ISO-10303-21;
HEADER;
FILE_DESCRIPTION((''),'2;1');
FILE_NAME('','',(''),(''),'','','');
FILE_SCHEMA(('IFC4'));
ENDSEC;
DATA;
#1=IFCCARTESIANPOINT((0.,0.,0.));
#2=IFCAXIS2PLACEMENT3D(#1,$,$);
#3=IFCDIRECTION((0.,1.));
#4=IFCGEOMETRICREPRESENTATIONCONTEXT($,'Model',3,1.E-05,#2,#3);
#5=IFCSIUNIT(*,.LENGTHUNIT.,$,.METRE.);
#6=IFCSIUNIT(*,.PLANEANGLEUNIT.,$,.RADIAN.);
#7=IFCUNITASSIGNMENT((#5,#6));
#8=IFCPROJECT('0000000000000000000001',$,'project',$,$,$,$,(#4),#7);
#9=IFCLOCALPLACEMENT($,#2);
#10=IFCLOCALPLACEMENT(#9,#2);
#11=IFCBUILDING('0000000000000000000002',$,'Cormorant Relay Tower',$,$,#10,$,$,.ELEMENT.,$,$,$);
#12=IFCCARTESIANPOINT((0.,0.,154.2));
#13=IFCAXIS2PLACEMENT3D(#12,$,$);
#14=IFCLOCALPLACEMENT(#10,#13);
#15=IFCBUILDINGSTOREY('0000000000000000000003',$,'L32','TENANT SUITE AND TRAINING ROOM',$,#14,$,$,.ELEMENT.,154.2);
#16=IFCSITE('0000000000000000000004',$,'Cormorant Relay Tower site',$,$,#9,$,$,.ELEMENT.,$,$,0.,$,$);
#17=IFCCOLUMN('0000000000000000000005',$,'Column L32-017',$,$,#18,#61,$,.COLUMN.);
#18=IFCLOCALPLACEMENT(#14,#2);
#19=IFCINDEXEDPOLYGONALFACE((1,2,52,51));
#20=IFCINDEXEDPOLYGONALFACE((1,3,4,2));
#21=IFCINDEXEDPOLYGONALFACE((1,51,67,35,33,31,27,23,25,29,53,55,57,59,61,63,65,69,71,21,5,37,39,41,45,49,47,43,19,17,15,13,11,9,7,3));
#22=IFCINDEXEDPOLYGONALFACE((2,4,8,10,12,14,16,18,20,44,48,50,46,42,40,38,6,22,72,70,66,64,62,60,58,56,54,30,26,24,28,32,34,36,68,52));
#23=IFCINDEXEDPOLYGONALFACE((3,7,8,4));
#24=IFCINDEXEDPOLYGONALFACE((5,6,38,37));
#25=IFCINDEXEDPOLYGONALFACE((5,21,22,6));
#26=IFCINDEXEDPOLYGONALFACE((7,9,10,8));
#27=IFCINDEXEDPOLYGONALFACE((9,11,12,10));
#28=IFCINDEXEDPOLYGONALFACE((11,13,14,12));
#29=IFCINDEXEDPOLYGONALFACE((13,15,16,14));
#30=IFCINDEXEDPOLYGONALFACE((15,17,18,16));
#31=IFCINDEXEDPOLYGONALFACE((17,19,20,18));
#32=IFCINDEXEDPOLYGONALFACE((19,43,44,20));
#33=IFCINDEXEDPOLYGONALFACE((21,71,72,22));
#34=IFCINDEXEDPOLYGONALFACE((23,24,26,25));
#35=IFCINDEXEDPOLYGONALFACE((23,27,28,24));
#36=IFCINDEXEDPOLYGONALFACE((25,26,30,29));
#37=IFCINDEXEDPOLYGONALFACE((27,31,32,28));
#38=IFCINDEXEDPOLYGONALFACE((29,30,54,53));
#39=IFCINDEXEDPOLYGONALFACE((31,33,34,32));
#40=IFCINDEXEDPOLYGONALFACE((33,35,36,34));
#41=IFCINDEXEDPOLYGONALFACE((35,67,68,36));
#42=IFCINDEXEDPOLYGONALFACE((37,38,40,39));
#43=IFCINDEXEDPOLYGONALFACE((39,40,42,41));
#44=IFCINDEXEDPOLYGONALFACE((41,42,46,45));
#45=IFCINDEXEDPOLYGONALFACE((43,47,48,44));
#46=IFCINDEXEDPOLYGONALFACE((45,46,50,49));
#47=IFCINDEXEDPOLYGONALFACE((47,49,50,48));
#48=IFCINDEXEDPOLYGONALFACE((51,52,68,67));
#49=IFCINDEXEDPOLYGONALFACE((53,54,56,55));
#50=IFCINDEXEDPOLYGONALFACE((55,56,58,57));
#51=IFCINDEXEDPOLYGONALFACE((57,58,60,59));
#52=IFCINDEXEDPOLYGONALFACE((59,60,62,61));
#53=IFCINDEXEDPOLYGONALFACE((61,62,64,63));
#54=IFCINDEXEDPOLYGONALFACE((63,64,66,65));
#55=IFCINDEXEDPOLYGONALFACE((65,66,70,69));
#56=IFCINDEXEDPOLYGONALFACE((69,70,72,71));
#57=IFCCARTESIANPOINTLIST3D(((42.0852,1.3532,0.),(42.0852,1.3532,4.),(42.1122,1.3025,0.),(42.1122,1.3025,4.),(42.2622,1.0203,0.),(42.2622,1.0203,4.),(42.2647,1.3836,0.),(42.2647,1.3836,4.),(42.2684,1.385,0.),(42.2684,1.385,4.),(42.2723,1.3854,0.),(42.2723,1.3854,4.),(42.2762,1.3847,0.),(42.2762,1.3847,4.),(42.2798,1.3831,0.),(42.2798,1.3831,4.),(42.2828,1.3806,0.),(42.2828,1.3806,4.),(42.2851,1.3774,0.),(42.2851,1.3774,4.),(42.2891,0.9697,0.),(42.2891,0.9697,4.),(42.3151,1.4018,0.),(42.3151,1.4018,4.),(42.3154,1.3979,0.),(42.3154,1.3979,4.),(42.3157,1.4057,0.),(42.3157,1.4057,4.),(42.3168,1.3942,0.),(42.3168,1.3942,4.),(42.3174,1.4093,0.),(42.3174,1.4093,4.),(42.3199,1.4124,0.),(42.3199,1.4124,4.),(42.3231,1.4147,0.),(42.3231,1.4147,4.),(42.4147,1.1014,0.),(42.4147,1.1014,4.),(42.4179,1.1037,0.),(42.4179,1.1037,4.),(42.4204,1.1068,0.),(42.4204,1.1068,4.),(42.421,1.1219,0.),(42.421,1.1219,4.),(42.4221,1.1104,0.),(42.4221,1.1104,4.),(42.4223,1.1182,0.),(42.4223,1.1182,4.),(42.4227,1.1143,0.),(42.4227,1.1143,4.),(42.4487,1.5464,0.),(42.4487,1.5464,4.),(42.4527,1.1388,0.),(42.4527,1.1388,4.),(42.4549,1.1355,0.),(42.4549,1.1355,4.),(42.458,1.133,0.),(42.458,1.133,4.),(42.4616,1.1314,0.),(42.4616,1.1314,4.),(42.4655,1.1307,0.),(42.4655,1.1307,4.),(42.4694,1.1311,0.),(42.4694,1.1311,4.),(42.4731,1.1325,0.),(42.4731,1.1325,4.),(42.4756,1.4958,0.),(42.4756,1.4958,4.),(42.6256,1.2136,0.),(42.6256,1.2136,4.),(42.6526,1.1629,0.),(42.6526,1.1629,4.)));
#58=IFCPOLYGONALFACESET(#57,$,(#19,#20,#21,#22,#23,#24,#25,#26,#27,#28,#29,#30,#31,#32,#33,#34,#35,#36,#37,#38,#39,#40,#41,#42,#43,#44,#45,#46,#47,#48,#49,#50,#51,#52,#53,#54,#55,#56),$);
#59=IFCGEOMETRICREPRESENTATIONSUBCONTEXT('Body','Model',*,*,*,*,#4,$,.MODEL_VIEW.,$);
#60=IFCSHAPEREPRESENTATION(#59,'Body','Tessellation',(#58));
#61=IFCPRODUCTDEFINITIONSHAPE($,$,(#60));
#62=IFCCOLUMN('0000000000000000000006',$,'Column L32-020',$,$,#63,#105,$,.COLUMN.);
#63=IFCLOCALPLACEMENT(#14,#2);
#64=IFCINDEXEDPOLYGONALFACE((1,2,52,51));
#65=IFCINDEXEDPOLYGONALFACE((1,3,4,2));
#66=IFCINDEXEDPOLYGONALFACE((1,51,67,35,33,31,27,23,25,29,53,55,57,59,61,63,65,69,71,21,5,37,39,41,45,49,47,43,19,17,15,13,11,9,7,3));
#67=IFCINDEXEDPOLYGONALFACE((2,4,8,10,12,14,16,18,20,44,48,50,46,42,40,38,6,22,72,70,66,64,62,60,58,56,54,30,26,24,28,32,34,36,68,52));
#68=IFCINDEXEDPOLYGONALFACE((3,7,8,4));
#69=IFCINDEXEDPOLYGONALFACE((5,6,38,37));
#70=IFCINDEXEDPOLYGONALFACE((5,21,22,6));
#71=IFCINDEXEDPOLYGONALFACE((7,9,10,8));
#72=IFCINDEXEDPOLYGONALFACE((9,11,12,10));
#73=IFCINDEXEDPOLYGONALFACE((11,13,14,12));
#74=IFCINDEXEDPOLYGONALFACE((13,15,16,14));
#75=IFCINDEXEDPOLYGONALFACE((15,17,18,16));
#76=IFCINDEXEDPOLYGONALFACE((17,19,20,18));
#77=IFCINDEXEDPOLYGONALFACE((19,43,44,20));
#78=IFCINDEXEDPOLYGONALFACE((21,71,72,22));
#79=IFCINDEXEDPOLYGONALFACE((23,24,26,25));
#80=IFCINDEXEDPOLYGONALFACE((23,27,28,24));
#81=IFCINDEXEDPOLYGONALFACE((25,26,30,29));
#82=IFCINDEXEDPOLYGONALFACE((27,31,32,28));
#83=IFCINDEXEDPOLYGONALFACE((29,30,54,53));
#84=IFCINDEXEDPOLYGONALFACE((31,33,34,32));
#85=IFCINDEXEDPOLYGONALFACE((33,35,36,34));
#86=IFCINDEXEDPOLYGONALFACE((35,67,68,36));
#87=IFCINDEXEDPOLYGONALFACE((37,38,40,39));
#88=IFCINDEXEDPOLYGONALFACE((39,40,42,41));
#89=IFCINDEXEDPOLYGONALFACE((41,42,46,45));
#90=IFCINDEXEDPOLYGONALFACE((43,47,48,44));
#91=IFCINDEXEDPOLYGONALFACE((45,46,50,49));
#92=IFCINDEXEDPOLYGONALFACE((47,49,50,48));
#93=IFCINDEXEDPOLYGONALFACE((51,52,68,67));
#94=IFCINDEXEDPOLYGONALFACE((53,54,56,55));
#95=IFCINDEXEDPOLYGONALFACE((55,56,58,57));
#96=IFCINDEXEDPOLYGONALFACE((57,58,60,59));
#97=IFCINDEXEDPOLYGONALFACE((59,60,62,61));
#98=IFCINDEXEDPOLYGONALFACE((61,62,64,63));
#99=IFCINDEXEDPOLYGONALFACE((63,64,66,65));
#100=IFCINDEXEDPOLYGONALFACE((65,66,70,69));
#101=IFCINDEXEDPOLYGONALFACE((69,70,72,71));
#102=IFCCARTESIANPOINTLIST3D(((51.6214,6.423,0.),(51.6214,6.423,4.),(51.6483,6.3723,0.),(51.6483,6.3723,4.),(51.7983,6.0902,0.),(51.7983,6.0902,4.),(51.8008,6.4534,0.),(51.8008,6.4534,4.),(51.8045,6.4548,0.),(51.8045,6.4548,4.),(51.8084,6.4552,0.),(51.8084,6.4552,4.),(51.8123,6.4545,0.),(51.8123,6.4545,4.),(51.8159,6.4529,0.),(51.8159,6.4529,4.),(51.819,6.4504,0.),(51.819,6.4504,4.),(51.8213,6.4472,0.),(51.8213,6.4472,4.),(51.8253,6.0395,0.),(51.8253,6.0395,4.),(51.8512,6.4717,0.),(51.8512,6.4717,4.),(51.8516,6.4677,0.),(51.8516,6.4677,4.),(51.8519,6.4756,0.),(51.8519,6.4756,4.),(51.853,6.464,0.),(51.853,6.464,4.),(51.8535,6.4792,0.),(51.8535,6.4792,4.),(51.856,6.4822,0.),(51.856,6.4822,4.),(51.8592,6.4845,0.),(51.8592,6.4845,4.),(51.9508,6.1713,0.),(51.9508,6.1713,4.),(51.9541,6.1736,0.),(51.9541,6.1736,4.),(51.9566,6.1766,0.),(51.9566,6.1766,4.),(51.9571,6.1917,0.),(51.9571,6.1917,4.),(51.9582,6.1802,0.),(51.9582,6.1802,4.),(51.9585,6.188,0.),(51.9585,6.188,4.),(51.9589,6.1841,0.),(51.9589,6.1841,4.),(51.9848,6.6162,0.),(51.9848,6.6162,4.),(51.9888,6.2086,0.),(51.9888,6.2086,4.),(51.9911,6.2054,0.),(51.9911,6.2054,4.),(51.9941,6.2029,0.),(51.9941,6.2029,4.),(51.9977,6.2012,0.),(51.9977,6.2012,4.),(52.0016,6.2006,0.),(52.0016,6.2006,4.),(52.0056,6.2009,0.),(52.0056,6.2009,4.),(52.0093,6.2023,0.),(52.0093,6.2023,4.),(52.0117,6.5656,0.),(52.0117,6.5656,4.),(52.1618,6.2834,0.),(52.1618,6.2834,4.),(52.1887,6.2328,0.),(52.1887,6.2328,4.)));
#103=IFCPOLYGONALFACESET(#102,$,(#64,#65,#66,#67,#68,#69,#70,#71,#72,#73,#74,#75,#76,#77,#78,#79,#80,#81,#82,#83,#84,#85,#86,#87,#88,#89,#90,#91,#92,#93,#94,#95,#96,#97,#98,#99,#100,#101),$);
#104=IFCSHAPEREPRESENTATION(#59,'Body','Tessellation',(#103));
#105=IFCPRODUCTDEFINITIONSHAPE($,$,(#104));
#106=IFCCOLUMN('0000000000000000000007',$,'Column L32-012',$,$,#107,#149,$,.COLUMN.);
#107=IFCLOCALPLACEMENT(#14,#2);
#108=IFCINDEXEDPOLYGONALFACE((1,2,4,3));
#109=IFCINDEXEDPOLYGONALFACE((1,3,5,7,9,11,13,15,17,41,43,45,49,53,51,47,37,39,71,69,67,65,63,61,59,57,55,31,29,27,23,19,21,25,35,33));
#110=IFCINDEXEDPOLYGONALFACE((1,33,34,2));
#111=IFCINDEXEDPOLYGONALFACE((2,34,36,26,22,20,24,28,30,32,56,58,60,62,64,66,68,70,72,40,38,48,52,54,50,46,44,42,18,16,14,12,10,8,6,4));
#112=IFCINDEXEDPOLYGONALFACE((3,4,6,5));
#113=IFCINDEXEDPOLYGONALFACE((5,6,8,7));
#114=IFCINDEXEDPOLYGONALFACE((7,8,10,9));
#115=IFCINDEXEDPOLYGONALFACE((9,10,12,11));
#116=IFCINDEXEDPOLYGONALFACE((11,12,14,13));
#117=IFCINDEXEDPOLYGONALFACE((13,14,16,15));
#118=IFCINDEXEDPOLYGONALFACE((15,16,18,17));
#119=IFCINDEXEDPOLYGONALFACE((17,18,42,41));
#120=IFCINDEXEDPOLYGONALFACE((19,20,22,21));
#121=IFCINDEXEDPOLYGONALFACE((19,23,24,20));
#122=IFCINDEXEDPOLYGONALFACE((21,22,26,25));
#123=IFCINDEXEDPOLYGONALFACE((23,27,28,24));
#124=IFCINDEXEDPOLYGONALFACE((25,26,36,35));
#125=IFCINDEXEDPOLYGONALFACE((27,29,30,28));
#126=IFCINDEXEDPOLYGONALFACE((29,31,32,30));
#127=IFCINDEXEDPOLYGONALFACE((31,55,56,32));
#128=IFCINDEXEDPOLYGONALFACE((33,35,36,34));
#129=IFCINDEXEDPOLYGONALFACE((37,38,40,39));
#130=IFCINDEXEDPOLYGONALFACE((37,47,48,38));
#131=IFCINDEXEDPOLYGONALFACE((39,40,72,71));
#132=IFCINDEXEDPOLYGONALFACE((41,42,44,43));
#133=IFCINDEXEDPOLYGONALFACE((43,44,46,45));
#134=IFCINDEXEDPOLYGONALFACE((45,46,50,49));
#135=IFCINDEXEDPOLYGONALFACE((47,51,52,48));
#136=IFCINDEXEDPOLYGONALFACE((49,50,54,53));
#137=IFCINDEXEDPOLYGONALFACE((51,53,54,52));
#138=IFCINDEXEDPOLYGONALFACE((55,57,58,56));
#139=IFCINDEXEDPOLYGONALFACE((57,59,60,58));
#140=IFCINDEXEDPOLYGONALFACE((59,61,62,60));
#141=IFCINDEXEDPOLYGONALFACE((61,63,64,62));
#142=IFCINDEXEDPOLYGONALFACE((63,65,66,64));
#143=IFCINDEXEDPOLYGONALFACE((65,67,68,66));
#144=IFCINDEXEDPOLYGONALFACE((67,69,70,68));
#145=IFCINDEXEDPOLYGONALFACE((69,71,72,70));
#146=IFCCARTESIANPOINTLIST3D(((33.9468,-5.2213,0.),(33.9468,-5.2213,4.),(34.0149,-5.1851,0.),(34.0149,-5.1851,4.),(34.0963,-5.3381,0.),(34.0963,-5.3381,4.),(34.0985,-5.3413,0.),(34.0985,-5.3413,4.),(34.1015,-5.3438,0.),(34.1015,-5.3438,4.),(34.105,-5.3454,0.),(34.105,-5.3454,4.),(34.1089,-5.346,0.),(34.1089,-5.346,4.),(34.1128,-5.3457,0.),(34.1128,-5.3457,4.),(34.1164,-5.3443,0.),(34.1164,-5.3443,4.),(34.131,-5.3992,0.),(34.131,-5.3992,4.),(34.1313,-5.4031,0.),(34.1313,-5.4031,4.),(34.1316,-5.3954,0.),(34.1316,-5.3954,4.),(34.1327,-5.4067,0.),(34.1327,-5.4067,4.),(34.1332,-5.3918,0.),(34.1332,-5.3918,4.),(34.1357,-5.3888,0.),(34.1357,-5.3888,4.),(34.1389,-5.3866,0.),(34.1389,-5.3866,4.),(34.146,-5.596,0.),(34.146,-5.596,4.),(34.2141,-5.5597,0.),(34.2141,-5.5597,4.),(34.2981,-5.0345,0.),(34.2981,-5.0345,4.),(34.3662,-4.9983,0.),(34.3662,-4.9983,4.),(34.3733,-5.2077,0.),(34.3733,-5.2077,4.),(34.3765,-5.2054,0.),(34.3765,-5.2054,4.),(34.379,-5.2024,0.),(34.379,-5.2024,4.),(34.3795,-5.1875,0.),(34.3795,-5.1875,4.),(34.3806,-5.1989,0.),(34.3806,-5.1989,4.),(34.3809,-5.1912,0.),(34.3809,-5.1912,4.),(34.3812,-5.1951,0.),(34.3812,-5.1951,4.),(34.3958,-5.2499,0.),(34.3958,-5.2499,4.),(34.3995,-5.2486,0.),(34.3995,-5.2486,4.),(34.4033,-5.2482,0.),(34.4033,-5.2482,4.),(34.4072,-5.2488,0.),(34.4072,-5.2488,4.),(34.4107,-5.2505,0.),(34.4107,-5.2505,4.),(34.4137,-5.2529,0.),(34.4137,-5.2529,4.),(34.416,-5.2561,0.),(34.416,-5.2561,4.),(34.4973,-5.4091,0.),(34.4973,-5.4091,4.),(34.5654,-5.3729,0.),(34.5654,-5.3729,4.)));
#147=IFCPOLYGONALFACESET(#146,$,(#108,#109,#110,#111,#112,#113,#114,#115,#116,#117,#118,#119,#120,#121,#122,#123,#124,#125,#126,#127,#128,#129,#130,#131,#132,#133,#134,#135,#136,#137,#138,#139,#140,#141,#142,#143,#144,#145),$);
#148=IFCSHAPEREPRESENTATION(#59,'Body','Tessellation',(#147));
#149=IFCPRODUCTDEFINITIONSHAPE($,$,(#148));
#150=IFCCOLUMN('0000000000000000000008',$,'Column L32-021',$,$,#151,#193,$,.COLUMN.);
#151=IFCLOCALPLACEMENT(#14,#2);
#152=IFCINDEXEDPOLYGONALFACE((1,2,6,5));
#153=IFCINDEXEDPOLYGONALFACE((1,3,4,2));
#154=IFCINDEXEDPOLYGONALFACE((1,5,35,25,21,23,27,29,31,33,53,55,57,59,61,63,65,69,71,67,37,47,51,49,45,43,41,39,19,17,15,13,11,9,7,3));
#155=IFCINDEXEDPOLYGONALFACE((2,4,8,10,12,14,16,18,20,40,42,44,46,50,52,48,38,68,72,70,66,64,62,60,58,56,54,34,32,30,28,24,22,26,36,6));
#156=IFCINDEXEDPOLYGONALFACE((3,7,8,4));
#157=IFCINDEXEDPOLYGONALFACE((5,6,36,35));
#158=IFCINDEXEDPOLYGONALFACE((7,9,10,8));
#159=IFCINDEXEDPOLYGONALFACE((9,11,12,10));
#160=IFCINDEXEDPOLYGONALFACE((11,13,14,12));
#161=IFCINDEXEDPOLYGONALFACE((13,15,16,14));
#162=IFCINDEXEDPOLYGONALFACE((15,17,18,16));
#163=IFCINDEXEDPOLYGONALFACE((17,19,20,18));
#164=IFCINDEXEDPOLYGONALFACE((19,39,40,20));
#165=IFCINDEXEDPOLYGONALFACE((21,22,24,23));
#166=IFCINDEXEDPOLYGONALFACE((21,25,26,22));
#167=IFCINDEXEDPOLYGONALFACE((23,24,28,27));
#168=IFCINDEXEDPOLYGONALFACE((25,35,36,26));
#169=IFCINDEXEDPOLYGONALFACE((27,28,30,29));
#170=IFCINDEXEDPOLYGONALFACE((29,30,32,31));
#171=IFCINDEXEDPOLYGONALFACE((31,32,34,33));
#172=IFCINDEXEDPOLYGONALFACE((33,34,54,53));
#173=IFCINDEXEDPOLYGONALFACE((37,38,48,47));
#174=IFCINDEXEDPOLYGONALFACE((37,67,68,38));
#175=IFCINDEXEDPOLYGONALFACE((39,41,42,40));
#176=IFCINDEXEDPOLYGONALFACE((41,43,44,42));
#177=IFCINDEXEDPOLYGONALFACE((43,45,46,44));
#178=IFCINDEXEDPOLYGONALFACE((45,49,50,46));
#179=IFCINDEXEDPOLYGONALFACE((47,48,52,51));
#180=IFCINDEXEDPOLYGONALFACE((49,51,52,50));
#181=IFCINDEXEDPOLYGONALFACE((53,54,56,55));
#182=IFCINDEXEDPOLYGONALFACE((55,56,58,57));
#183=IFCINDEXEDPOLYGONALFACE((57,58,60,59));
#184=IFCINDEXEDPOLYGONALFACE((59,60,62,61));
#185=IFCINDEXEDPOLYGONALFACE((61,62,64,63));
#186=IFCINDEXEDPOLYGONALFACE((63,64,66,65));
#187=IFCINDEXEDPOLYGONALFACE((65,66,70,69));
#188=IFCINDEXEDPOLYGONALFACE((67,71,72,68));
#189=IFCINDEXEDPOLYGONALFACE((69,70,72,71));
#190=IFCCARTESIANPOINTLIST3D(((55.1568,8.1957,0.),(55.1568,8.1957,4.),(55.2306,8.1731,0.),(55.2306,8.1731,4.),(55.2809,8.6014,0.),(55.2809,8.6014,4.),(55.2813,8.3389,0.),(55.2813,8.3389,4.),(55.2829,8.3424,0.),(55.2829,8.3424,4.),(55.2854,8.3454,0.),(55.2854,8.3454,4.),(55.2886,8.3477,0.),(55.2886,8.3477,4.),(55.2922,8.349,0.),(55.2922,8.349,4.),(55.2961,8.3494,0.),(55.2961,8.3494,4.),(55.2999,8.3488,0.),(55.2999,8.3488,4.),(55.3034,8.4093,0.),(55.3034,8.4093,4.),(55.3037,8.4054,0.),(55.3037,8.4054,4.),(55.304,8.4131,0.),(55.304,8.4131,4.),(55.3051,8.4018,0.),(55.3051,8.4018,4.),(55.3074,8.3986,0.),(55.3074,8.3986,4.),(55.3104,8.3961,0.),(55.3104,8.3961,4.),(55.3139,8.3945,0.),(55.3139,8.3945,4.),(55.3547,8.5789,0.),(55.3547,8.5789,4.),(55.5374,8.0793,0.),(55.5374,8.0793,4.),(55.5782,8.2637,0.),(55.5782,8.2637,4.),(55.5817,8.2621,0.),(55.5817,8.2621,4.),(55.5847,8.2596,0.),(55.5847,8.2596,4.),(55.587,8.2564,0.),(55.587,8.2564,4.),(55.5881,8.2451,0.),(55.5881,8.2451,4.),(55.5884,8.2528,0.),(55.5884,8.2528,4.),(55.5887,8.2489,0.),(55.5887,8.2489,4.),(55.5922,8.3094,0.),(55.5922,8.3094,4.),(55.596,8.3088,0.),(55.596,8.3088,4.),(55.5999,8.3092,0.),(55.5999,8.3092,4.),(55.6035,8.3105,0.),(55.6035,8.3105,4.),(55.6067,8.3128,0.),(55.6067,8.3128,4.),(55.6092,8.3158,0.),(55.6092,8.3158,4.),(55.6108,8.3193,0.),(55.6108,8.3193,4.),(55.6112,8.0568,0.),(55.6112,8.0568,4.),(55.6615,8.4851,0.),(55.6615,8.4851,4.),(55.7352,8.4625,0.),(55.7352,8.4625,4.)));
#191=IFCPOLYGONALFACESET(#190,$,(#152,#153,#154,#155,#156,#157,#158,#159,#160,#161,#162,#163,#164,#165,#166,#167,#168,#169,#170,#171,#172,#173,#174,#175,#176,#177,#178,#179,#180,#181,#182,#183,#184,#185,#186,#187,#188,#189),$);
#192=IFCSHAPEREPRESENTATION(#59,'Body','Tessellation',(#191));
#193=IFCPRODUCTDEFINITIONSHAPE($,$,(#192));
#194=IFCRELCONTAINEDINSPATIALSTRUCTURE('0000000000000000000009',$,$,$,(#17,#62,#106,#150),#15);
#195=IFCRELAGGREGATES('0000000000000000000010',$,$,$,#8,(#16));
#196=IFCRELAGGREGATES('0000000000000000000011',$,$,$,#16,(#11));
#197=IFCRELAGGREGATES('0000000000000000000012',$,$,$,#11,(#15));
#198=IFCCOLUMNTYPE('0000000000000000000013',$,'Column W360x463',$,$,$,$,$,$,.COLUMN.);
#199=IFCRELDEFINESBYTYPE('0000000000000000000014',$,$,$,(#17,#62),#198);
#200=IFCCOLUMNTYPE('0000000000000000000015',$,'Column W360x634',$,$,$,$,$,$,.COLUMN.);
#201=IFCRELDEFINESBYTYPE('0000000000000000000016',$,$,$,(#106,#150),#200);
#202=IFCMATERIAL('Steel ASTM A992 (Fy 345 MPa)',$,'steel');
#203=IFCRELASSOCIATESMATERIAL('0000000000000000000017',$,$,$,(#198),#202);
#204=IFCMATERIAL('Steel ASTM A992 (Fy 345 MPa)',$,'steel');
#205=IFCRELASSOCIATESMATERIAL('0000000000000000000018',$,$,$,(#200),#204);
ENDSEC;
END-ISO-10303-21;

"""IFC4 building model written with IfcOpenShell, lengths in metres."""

from ifc_helpers import new_model, si_unit, direction, frame, origin, origin_2d, place, context, subcontext, project, spatial, i_section, extrude, material, material_profile, profile_set, type_object, element, save


model = new_model("IFC4")

# Units and contexts
model_context = context("Model", 3, precision=1e-05, world=origin(), true_north=direction((0.0, 1.0)))
body_context = subcontext(model_context, "Body", "Model", "MODEL_VIEW")
ifc_project = project(units=[si_unit("LENGTHUNIT", "METRE"), si_unit("PLANEANGLEUNIT", "RADIAN")], contexts=[model_context])

# Site, building, storey
site_placement = place(None, origin())
site = spatial("IfcSite", under=ifc_project, at=site_placement, Name="Cormorant Relay Tower site", CompositionType="ELEMENT", RefElevation=0.0)
building_placement = place(site_placement, origin())
building = spatial("IfcBuilding", under=site, at=building_placement, Name="Cormorant Relay Tower", CompositionType="ELEMENT")
storey_placement = place(building_placement, frame((0.0, 0.0, 154.2)))
storey = spatial("IfcBuildingStorey", under=building, at=storey_placement, Name="L32", Description="TENANT SUITE AND TRAINING ROOM", CompositionType="ELEMENT", Elevation=154.2)

# Columns
ifc_material_1 = material(Name="Steel ASTM A992 (Fy 345 MPa)", Category="steel")
ifc_material_profile_1 = material_profile(ifc_material_1, i_section(OverallWidth=0.4116, OverallDepth=0.4343, WebThickness=0.0359, FlangeThickness=0.0574, FilletRadius=0.0151, at=origin_2d()), Name="W360x463")
ifc_profile_set_1 = profile_set([ifc_material_profile_1], Name="Steel ASTM A992 (Fy 345 MPa)")
column_type_1 = type_object("IfcColumnType", Name="Column W360x463", PredefinedType="COLUMN", material=ifc_profile_set_1)
for number, where, z_axis, x_axis, name in (
    (1, (42.3689, 1.2581, 0.0), (0.0, 0.0, 1.0), (0.882948, 0.469472, 0.0), "Column L32-017"),
    (2, (51.905, 6.3279, 0.0), (0.0, 0.0, 1.0), (0.882948, 0.469472, 0.0), "Column L32-020"),
):
    element("IfcColumn", number, at=place(storey_placement, frame(where, z_axis=z_axis, x_axis=x_axis)), inside=storey, type_object=column_type_1, Name=name, PredefinedType="COLUMN", context=body_context, shape_type="SweptSolid", body=[
        extrude(i_section(OverallWidth=0.4116, OverallDepth=0.4343, WebThickness=0.0359, FlangeThickness=0.0574, FilletRadius=0.0151, at=origin_2d()), origin(), (0.0, 0.0, 1.0), 4.0),
    ])
ifc_material_2 = material(Name="Steel ASTM A992 (Fy 345 MPa)", Category="steel")
ifc_material_profile_2 = material_profile(ifc_material_2, i_section(OverallWidth=0.4243, OverallDepth=0.4751, WebThickness=0.0479, FlangeThickness=0.0771, FilletRadius=0.0149, at=origin_2d()), Name="W360x634")
ifc_profile_set_2 = profile_set([ifc_material_profile_2], Name="Steel ASTM A992 (Fy 345 MPa)")
column_type_2 = type_object("IfcColumnType", Name="Column W360x634", PredefinedType="COLUMN", material=ifc_profile_set_2)
for number, where, z_axis, x_axis, name in (
    (3, (34.2561, -5.2971, 0.0), (0.0, 0.0, 1.0), (-0.469472, 0.882948, 0.0), "Column L32-012"),
    (4, (55.446, 8.3291, 0.0), (0.0, 0.0, 1.0), (0.292372, 0.956305, 0.0), "Column L32-021"),
):
    element("IfcColumn", number, at=place(storey_placement, frame(where, z_axis=z_axis, x_axis=x_axis)), inside=storey, type_object=column_type_2, Name=name, PredefinedType="COLUMN", context=body_context, shape_type="SweptSolid", body=[
        extrude(i_section(OverallWidth=0.4243, OverallDepth=0.4751, WebThickness=0.0479, FlangeThickness=0.0771, FilletRadius=0.0149, at=origin_2d()), origin(), (0.0, 0.0, 1.0), 4.0),
    ])

save(model, "model.ifc")
